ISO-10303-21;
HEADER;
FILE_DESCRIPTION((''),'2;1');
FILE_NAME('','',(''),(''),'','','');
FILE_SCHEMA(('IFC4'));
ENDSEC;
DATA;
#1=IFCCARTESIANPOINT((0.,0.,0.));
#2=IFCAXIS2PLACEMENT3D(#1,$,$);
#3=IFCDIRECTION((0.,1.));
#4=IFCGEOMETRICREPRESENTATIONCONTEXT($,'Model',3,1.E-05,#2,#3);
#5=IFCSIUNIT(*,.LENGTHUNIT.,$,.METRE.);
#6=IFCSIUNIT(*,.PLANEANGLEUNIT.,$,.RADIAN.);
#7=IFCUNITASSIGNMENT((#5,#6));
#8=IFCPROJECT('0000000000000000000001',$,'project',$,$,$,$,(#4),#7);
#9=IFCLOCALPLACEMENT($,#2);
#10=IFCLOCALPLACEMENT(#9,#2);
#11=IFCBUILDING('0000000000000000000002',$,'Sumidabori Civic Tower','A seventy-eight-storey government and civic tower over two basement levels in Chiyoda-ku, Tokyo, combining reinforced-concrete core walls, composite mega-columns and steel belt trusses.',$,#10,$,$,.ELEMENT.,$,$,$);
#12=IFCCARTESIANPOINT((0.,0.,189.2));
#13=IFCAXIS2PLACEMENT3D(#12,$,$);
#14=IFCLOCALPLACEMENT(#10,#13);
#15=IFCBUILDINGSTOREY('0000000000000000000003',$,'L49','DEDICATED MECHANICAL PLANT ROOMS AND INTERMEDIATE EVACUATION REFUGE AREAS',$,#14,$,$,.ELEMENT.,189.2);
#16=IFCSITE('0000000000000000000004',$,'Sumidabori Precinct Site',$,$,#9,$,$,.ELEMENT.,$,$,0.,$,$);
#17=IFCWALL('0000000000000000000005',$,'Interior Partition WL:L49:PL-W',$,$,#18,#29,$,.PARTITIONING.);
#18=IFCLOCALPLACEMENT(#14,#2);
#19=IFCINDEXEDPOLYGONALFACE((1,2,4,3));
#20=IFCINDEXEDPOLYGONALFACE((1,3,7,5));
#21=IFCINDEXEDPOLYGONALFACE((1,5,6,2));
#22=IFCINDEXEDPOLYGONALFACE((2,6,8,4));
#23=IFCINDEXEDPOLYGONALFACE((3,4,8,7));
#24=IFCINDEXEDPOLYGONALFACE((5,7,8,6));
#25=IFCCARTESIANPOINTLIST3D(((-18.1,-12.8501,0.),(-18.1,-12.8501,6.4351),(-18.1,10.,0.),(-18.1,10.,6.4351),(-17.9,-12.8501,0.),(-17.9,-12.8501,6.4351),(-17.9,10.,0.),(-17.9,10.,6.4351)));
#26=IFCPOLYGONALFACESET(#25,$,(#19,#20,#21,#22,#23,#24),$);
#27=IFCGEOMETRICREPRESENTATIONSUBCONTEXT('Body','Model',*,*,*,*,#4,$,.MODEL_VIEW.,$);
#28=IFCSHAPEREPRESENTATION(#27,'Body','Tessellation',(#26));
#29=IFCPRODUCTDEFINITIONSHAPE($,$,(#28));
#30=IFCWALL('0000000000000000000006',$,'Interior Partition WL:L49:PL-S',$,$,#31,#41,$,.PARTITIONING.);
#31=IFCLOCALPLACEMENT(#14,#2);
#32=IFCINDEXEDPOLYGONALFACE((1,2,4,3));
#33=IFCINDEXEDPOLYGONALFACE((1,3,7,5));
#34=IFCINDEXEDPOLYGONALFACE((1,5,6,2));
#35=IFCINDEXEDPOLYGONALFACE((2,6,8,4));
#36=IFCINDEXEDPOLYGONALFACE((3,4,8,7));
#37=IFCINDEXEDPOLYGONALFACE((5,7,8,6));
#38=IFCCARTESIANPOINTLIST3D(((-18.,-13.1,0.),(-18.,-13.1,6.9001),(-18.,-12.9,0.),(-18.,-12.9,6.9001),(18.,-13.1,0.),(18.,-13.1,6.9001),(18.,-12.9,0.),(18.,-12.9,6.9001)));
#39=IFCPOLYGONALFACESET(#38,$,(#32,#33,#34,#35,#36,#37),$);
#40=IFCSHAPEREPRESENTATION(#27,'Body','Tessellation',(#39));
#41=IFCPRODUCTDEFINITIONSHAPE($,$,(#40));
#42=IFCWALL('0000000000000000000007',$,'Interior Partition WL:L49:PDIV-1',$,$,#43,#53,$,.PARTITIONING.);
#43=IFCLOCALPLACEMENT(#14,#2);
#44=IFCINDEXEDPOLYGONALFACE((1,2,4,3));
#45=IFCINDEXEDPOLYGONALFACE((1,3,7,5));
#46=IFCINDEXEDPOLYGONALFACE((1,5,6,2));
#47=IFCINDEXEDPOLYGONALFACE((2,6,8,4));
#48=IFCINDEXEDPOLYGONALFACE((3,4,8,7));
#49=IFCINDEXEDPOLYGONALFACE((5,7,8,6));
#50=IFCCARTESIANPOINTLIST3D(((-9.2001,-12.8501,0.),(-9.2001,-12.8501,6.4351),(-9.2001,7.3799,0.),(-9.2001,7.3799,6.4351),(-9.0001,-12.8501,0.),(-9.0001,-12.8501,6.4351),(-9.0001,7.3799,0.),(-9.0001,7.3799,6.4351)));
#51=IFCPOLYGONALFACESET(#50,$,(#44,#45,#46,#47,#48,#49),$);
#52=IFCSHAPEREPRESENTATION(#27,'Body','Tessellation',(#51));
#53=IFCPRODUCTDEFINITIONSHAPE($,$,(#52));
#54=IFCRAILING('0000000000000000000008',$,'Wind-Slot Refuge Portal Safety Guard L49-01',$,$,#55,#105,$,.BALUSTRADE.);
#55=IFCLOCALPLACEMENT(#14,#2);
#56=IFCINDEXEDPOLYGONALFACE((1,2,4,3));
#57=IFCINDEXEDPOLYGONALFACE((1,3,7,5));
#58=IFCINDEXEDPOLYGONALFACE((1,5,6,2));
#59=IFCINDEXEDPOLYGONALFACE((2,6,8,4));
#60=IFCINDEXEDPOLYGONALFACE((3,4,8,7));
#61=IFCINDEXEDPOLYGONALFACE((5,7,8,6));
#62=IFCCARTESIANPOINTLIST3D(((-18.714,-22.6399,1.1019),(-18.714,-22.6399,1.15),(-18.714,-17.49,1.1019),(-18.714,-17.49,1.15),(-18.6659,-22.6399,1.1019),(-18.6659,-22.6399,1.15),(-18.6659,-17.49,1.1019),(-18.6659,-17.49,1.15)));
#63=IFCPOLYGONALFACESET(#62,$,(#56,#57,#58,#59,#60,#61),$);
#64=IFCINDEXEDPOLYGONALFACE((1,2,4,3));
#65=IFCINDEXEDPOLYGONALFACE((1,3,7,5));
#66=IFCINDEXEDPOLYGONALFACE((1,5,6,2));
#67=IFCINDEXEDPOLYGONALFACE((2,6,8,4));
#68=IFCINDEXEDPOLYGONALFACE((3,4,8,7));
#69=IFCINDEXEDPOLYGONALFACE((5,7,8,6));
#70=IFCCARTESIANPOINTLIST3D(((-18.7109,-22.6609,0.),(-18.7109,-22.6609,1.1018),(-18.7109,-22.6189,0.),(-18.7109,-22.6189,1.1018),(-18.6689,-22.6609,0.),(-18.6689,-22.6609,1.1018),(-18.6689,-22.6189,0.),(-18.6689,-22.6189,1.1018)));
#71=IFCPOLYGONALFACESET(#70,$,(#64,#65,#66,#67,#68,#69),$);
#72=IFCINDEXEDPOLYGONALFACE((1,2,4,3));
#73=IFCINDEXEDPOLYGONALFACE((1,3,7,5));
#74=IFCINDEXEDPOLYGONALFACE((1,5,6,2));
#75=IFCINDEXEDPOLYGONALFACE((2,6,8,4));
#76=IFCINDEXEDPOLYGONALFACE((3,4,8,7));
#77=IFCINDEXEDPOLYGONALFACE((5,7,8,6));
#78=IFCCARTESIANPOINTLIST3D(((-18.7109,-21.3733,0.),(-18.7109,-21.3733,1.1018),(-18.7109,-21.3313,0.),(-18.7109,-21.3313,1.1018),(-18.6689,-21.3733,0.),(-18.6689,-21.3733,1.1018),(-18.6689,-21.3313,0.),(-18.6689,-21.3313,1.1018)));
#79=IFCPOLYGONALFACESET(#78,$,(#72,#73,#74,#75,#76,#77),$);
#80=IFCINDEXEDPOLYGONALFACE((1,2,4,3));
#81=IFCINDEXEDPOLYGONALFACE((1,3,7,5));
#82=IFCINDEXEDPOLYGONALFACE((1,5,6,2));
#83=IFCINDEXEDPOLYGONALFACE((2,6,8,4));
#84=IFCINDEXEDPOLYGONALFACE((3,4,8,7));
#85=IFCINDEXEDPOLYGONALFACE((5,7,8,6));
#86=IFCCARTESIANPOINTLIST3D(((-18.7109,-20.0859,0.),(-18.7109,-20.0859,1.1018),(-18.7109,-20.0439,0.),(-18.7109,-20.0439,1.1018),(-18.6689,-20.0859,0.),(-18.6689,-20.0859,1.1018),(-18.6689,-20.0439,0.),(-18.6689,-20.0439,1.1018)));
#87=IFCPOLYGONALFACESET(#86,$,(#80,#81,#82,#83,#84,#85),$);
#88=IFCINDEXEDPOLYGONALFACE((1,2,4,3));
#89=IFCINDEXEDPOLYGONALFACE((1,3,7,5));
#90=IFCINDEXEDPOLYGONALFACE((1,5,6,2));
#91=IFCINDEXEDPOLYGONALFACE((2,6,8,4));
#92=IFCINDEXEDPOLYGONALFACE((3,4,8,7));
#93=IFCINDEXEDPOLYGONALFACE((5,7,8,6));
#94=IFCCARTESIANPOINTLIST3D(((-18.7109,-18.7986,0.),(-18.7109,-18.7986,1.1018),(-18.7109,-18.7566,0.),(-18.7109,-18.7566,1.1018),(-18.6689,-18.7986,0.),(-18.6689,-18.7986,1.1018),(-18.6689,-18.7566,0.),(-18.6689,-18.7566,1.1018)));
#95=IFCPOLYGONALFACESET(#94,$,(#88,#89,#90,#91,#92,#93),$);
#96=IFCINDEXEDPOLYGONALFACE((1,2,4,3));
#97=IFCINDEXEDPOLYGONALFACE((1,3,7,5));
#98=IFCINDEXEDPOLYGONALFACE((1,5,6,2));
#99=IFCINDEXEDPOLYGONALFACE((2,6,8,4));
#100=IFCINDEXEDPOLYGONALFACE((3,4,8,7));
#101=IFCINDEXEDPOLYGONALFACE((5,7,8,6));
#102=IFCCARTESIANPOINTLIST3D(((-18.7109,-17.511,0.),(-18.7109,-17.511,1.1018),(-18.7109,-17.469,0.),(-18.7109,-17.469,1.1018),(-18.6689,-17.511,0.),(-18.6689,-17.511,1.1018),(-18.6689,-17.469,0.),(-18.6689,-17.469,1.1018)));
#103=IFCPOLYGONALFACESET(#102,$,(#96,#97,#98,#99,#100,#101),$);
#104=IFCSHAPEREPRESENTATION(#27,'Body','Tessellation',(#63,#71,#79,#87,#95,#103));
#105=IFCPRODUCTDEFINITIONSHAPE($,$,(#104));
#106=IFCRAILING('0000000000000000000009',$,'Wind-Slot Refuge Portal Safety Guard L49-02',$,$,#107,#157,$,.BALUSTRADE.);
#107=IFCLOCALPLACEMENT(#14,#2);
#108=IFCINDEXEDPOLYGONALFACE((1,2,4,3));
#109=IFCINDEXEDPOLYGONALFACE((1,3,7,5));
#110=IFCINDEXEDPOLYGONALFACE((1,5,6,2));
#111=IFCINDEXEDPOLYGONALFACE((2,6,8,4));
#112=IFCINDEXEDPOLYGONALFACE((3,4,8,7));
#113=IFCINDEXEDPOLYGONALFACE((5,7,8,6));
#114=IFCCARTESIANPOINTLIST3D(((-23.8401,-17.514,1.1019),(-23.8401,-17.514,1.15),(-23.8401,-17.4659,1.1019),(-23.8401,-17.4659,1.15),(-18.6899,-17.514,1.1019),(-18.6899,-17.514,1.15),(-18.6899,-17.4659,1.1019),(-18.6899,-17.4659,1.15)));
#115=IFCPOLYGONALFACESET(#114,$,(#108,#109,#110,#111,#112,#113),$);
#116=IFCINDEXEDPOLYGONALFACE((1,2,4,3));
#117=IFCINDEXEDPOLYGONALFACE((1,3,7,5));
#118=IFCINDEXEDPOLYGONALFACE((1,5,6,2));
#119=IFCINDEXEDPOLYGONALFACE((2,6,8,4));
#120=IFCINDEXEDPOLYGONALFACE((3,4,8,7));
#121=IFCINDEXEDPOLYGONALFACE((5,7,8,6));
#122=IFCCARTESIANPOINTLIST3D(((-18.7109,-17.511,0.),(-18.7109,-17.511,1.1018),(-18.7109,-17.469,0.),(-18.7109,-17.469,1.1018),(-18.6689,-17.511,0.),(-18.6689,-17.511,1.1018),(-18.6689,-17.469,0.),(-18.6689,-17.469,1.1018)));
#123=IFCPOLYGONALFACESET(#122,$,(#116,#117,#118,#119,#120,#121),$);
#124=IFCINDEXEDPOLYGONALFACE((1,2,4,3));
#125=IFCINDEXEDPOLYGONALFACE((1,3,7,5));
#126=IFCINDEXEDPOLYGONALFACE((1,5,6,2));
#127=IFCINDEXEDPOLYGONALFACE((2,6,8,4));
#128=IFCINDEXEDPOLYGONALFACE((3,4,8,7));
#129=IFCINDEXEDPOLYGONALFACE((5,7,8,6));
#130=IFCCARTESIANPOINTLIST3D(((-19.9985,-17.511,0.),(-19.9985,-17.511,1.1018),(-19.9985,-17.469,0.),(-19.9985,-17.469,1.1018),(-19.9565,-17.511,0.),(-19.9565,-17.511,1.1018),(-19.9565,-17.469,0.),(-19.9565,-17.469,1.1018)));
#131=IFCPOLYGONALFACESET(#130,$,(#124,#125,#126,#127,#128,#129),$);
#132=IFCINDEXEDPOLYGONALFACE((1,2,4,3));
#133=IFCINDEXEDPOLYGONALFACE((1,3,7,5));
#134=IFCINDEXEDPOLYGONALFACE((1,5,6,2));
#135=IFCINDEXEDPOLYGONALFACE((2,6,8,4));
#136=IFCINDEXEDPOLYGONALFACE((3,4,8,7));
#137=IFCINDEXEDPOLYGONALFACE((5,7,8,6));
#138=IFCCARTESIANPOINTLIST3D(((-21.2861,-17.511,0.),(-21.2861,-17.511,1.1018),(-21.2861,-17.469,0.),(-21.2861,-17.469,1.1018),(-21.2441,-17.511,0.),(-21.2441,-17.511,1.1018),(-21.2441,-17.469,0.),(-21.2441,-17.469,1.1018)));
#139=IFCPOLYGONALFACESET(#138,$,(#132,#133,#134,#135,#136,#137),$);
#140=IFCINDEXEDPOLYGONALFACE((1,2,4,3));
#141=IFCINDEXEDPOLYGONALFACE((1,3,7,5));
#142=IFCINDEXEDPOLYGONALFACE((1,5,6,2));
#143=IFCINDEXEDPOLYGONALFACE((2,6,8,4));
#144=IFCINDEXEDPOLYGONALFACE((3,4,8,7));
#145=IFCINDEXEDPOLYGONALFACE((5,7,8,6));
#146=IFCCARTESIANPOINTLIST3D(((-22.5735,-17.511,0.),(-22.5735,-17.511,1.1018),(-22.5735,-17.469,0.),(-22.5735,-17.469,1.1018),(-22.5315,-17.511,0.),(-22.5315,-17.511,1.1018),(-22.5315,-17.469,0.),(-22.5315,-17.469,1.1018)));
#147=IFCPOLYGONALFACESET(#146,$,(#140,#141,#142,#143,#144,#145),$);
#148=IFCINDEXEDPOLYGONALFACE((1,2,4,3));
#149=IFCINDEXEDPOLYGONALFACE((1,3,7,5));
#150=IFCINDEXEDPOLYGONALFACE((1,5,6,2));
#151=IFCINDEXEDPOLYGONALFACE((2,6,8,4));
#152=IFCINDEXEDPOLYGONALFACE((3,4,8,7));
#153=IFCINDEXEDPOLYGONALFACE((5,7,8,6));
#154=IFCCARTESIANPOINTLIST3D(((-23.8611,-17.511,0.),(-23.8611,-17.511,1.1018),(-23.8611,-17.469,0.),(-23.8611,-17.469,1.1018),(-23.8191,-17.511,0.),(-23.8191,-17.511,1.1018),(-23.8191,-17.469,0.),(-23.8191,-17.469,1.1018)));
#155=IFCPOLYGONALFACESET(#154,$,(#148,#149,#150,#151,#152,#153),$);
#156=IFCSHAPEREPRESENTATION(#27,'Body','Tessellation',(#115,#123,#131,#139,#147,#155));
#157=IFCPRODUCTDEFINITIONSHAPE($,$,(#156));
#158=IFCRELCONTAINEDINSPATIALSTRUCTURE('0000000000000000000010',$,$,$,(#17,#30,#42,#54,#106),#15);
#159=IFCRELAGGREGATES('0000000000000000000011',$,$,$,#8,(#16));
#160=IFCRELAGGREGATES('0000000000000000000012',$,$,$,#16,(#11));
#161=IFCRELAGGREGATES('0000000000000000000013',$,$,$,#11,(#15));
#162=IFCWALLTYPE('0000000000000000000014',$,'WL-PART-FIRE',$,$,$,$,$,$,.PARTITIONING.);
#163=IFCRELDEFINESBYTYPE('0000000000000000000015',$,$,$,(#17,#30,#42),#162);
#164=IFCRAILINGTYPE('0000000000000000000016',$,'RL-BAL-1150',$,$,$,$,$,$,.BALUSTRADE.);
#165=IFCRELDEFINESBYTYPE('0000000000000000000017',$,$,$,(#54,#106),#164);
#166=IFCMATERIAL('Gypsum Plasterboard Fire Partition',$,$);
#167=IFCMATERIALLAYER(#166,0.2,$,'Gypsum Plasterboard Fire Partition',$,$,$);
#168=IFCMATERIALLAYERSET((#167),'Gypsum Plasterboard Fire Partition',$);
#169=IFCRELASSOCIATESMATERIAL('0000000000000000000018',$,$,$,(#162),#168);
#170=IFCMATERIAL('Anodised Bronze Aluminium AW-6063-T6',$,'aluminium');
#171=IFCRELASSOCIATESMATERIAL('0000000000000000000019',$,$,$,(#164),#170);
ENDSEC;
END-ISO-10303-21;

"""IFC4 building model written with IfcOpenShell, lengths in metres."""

from ifc_helpers import new_model, si_unit, direction, frame, frame_2d, origin, origin_2d, place, context, subcontext, project, spatial, rectangle, extrude, source, transform, mapped, material, layer, layer_set, type_object, element, save


model = new_model("IFC4")

# Units and contexts
model_context = context("Model", 3, precision=1e-05, world=origin(), true_north=direction((0.0, 1.0)))
body_context = subcontext(model_context, "Body", "Model", "MODEL_VIEW")
ifc_project = project(units=[si_unit("LENGTHUNIT", "METRE"), si_unit("PLANEANGLEUNIT", "RADIAN")], contexts=[model_context])

# Site, building, storey
site_placement = place(None, origin())
site = spatial("IfcSite", under=ifc_project, at=site_placement, Name="Sumidabori Precinct Site", CompositionType="ELEMENT", RefElevation=0.0)
building_placement = place(site_placement, origin())
building = spatial("IfcBuilding", under=site, at=building_placement, Name="Sumidabori Civic Tower", Description="A seventy-eight-storey government and civic tower over two basement levels in Chiyoda-ku, Tokyo, combining reinforced-concrete core walls, composite mega-columns and steel belt trusses.", CompositionType="ELEMENT")
storey_placement = place(building_placement, frame((0.0, 0.0, 189.2)))
storey = spatial("IfcBuildingStorey", under=building, at=storey_placement, Name="L49", Description="DEDICATED MECHANICAL PLANT ROOMS AND INTERMEDIATE EVACUATION REFUGE AREAS", CompositionType="ELEMENT", Elevation=189.2)

# Walls
ifc_material_1 = material(Name="Gypsum Plasterboard Fire Partition")
ifc_layer_1 = layer(ifc_material_1, 0.2, Name="Gypsum Plasterboard Fire Partition")
ifc_layer_set_1 = layer_set([ifc_layer_1], Name="Gypsum Plasterboard Fire Partition")
wall_type = type_object("IfcWallType", Name="WL-PART-FIRE", PredefinedType="PARTITIONING", material=ifc_layer_set_1)
shared_shape_1 = source(origin(), body_context, "Body", "SweptSolid", [
    extrude(rectangle(XDim=22.8501, YDim=0.2, at=frame_2d((11.425, 0.0))), origin(), (0.0, 0.0, 1.0), 6.4351),
])
wall_1_placement = place(storey_placement, frame((-18.0, -12.8501, 0.0), z_axis=(0.0, 0.0, 1.0), x_axis=(0.0, 1.0, 0.0)))
element("IfcWall", 1, at=wall_1_placement, inside=storey, type_object=wall_type, Name="Interior Partition WL:L49:PL-W", PredefinedType="PARTITIONING", context=body_context, shape_type="MappedRepresentation", body=[
    mapped(shared_shape_1, transform((0.0, 0.0, 0.0), x_axis=(1.0, 0.0, 0.0), y_axis=(0.0, 1.0, 0.0), z_axis=(0.0, 0.0, 1.0), scale=1.0)),
])
shared_shape_2 = source(origin(), body_context, "Body", "SweptSolid", [
    extrude(rectangle(XDim=36.0, YDim=0.2, at=frame_2d((18.0, 0.0))), origin(), (0.0, 0.0, 1.0), 6.9001),
])
wall_2_placement = place(storey_placement, frame((-18.0, -13.0, 0.0), z_axis=(0.0, 0.0, 1.0), x_axis=(1.0, 0.0, 0.0)))
element("IfcWall", 2, at=wall_2_placement, inside=storey, type_object=wall_type, Name="Interior Partition WL:L49:PL-S", PredefinedType="PARTITIONING", context=body_context, shape_type="MappedRepresentation", body=[
    mapped(shared_shape_2, transform((0.0, 0.0, 0.0), x_axis=(1.0, 0.0, 0.0), y_axis=(0.0, 1.0, 0.0), z_axis=(0.0, 0.0, 1.0), scale=1.0)),
])
shared_shape_3 = source(origin(), body_context, "Body", "SweptSolid", [
    extrude(rectangle(XDim=20.23, YDim=0.2, at=frame_2d((10.115, 0.0))), origin(), (0.0, 0.0, 1.0), 6.4351),
])
wall_3_placement = place(storey_placement, frame((-9.1001, -12.8501, 0.0), z_axis=(0.0, 0.0, 1.0), x_axis=(0.0, 1.0, 0.0)))
element("IfcWall", 3, at=wall_3_placement, inside=storey, type_object=wall_type, Name="Interior Partition WL:L49:PDIV-1", PredefinedType="PARTITIONING", context=body_context, shape_type="MappedRepresentation", body=[
    mapped(shared_shape_3, transform((0.0, 0.0, 0.0), x_axis=(1.0, 0.0, 0.0), y_axis=(0.0, 1.0, 0.0), z_axis=(0.0, 0.0, 1.0), scale=1.0)),
])

# Railings
ifc_material_2 = material(Name="Anodised Bronze Aluminium AW-6063-T6", Category="aluminium")
railing_type = type_object("IfcRailingType", Name="RL-BAL-1150", PredefinedType="BALUSTRADE", material=ifc_material_2)
railing_1_placement = place(storey_placement, frame((-18.6899, -22.6399, 0.0)))
element("IfcRailing", 4, at=railing_1_placement, inside=storey, type_object=railing_type, Name="Wind-Slot Refuge Portal Safety Guard L49-01", PredefinedType="BALUSTRADE", context=body_context, shape_type="SweptSolid", body=[
    extrude(rectangle(XDim=0.0481, YDim=0.0481, at=origin_2d()), frame((0.0, 0.0, 1.126), z_axis=(0.0, 1.0, 0.0), x_axis=(-1.0, 0.0, 0.0)), (0.0, 0.0, 1.0), 5.1499),
    extrude(rectangle(XDim=0.042, YDim=0.042, at=origin_2d()), origin(), (0.0, 0.0, 1.0), 1.1018),
    extrude(rectangle(XDim=0.042, YDim=0.042, at=origin_2d()), frame((0.0, 1.2876, 0.0)), (0.0, 0.0, 1.0), 1.1018),
    extrude(rectangle(XDim=0.042, YDim=0.042, at=origin_2d()), frame((0.0, 2.575, 0.0)), (0.0, 0.0, 1.0), 1.1018),
    extrude(rectangle(XDim=0.042, YDim=0.042, at=origin_2d()), frame((0.0, 3.8623, 0.0)), (0.0, 0.0, 1.0), 1.1018),
    extrude(rectangle(XDim=0.042, YDim=0.042, at=origin_2d()), frame((0.0, 5.1499, 0.0)), (0.0, 0.0, 1.0), 1.1018),
])
railing_2_placement = place(storey_placement, frame((-18.6899, -17.49, 0.0)))
element("IfcRailing", 5, at=railing_2_placement, inside=storey, type_object=railing_type, Name="Wind-Slot Refuge Portal Safety Guard L49-02", PredefinedType="BALUSTRADE", context=body_context, shape_type="SweptSolid", body=[
    extrude(rectangle(XDim=0.0481, YDim=0.0481, at=origin_2d()), frame((0.0, 0.0, 1.126), z_axis=(-1.0, 0.0, 0.0), x_axis=(0.0, -1.0, 0.0)), (0.0, 0.0, 1.0), 5.1501),
    extrude(rectangle(XDim=0.042, YDim=0.042, at=origin_2d()), origin(), (0.0, 0.0, 1.0), 1.1018),
    extrude(rectangle(XDim=0.042, YDim=0.042, at=origin_2d()), frame((-1.2876, 0.0, 0.0)), (0.0, 0.0, 1.0), 1.1018),
    extrude(rectangle(XDim=0.042, YDim=0.042, at=origin_2d()), frame((-2.5752, 0.0, 0.0)), (0.0, 0.0, 1.0), 1.1018),
    extrude(rectangle(XDim=0.042, YDim=0.042, at=origin_2d()), frame((-3.8625, 0.0, 0.0)), (0.0, 0.0, 1.0), 1.1018),
    extrude(rectangle(XDim=0.042, YDim=0.042, at=origin_2d()), frame((-5.1501, 0.0, 0.0)), (0.0, 0.0, 1.0), 1.1018),
])

save(model, "model.ifc")
